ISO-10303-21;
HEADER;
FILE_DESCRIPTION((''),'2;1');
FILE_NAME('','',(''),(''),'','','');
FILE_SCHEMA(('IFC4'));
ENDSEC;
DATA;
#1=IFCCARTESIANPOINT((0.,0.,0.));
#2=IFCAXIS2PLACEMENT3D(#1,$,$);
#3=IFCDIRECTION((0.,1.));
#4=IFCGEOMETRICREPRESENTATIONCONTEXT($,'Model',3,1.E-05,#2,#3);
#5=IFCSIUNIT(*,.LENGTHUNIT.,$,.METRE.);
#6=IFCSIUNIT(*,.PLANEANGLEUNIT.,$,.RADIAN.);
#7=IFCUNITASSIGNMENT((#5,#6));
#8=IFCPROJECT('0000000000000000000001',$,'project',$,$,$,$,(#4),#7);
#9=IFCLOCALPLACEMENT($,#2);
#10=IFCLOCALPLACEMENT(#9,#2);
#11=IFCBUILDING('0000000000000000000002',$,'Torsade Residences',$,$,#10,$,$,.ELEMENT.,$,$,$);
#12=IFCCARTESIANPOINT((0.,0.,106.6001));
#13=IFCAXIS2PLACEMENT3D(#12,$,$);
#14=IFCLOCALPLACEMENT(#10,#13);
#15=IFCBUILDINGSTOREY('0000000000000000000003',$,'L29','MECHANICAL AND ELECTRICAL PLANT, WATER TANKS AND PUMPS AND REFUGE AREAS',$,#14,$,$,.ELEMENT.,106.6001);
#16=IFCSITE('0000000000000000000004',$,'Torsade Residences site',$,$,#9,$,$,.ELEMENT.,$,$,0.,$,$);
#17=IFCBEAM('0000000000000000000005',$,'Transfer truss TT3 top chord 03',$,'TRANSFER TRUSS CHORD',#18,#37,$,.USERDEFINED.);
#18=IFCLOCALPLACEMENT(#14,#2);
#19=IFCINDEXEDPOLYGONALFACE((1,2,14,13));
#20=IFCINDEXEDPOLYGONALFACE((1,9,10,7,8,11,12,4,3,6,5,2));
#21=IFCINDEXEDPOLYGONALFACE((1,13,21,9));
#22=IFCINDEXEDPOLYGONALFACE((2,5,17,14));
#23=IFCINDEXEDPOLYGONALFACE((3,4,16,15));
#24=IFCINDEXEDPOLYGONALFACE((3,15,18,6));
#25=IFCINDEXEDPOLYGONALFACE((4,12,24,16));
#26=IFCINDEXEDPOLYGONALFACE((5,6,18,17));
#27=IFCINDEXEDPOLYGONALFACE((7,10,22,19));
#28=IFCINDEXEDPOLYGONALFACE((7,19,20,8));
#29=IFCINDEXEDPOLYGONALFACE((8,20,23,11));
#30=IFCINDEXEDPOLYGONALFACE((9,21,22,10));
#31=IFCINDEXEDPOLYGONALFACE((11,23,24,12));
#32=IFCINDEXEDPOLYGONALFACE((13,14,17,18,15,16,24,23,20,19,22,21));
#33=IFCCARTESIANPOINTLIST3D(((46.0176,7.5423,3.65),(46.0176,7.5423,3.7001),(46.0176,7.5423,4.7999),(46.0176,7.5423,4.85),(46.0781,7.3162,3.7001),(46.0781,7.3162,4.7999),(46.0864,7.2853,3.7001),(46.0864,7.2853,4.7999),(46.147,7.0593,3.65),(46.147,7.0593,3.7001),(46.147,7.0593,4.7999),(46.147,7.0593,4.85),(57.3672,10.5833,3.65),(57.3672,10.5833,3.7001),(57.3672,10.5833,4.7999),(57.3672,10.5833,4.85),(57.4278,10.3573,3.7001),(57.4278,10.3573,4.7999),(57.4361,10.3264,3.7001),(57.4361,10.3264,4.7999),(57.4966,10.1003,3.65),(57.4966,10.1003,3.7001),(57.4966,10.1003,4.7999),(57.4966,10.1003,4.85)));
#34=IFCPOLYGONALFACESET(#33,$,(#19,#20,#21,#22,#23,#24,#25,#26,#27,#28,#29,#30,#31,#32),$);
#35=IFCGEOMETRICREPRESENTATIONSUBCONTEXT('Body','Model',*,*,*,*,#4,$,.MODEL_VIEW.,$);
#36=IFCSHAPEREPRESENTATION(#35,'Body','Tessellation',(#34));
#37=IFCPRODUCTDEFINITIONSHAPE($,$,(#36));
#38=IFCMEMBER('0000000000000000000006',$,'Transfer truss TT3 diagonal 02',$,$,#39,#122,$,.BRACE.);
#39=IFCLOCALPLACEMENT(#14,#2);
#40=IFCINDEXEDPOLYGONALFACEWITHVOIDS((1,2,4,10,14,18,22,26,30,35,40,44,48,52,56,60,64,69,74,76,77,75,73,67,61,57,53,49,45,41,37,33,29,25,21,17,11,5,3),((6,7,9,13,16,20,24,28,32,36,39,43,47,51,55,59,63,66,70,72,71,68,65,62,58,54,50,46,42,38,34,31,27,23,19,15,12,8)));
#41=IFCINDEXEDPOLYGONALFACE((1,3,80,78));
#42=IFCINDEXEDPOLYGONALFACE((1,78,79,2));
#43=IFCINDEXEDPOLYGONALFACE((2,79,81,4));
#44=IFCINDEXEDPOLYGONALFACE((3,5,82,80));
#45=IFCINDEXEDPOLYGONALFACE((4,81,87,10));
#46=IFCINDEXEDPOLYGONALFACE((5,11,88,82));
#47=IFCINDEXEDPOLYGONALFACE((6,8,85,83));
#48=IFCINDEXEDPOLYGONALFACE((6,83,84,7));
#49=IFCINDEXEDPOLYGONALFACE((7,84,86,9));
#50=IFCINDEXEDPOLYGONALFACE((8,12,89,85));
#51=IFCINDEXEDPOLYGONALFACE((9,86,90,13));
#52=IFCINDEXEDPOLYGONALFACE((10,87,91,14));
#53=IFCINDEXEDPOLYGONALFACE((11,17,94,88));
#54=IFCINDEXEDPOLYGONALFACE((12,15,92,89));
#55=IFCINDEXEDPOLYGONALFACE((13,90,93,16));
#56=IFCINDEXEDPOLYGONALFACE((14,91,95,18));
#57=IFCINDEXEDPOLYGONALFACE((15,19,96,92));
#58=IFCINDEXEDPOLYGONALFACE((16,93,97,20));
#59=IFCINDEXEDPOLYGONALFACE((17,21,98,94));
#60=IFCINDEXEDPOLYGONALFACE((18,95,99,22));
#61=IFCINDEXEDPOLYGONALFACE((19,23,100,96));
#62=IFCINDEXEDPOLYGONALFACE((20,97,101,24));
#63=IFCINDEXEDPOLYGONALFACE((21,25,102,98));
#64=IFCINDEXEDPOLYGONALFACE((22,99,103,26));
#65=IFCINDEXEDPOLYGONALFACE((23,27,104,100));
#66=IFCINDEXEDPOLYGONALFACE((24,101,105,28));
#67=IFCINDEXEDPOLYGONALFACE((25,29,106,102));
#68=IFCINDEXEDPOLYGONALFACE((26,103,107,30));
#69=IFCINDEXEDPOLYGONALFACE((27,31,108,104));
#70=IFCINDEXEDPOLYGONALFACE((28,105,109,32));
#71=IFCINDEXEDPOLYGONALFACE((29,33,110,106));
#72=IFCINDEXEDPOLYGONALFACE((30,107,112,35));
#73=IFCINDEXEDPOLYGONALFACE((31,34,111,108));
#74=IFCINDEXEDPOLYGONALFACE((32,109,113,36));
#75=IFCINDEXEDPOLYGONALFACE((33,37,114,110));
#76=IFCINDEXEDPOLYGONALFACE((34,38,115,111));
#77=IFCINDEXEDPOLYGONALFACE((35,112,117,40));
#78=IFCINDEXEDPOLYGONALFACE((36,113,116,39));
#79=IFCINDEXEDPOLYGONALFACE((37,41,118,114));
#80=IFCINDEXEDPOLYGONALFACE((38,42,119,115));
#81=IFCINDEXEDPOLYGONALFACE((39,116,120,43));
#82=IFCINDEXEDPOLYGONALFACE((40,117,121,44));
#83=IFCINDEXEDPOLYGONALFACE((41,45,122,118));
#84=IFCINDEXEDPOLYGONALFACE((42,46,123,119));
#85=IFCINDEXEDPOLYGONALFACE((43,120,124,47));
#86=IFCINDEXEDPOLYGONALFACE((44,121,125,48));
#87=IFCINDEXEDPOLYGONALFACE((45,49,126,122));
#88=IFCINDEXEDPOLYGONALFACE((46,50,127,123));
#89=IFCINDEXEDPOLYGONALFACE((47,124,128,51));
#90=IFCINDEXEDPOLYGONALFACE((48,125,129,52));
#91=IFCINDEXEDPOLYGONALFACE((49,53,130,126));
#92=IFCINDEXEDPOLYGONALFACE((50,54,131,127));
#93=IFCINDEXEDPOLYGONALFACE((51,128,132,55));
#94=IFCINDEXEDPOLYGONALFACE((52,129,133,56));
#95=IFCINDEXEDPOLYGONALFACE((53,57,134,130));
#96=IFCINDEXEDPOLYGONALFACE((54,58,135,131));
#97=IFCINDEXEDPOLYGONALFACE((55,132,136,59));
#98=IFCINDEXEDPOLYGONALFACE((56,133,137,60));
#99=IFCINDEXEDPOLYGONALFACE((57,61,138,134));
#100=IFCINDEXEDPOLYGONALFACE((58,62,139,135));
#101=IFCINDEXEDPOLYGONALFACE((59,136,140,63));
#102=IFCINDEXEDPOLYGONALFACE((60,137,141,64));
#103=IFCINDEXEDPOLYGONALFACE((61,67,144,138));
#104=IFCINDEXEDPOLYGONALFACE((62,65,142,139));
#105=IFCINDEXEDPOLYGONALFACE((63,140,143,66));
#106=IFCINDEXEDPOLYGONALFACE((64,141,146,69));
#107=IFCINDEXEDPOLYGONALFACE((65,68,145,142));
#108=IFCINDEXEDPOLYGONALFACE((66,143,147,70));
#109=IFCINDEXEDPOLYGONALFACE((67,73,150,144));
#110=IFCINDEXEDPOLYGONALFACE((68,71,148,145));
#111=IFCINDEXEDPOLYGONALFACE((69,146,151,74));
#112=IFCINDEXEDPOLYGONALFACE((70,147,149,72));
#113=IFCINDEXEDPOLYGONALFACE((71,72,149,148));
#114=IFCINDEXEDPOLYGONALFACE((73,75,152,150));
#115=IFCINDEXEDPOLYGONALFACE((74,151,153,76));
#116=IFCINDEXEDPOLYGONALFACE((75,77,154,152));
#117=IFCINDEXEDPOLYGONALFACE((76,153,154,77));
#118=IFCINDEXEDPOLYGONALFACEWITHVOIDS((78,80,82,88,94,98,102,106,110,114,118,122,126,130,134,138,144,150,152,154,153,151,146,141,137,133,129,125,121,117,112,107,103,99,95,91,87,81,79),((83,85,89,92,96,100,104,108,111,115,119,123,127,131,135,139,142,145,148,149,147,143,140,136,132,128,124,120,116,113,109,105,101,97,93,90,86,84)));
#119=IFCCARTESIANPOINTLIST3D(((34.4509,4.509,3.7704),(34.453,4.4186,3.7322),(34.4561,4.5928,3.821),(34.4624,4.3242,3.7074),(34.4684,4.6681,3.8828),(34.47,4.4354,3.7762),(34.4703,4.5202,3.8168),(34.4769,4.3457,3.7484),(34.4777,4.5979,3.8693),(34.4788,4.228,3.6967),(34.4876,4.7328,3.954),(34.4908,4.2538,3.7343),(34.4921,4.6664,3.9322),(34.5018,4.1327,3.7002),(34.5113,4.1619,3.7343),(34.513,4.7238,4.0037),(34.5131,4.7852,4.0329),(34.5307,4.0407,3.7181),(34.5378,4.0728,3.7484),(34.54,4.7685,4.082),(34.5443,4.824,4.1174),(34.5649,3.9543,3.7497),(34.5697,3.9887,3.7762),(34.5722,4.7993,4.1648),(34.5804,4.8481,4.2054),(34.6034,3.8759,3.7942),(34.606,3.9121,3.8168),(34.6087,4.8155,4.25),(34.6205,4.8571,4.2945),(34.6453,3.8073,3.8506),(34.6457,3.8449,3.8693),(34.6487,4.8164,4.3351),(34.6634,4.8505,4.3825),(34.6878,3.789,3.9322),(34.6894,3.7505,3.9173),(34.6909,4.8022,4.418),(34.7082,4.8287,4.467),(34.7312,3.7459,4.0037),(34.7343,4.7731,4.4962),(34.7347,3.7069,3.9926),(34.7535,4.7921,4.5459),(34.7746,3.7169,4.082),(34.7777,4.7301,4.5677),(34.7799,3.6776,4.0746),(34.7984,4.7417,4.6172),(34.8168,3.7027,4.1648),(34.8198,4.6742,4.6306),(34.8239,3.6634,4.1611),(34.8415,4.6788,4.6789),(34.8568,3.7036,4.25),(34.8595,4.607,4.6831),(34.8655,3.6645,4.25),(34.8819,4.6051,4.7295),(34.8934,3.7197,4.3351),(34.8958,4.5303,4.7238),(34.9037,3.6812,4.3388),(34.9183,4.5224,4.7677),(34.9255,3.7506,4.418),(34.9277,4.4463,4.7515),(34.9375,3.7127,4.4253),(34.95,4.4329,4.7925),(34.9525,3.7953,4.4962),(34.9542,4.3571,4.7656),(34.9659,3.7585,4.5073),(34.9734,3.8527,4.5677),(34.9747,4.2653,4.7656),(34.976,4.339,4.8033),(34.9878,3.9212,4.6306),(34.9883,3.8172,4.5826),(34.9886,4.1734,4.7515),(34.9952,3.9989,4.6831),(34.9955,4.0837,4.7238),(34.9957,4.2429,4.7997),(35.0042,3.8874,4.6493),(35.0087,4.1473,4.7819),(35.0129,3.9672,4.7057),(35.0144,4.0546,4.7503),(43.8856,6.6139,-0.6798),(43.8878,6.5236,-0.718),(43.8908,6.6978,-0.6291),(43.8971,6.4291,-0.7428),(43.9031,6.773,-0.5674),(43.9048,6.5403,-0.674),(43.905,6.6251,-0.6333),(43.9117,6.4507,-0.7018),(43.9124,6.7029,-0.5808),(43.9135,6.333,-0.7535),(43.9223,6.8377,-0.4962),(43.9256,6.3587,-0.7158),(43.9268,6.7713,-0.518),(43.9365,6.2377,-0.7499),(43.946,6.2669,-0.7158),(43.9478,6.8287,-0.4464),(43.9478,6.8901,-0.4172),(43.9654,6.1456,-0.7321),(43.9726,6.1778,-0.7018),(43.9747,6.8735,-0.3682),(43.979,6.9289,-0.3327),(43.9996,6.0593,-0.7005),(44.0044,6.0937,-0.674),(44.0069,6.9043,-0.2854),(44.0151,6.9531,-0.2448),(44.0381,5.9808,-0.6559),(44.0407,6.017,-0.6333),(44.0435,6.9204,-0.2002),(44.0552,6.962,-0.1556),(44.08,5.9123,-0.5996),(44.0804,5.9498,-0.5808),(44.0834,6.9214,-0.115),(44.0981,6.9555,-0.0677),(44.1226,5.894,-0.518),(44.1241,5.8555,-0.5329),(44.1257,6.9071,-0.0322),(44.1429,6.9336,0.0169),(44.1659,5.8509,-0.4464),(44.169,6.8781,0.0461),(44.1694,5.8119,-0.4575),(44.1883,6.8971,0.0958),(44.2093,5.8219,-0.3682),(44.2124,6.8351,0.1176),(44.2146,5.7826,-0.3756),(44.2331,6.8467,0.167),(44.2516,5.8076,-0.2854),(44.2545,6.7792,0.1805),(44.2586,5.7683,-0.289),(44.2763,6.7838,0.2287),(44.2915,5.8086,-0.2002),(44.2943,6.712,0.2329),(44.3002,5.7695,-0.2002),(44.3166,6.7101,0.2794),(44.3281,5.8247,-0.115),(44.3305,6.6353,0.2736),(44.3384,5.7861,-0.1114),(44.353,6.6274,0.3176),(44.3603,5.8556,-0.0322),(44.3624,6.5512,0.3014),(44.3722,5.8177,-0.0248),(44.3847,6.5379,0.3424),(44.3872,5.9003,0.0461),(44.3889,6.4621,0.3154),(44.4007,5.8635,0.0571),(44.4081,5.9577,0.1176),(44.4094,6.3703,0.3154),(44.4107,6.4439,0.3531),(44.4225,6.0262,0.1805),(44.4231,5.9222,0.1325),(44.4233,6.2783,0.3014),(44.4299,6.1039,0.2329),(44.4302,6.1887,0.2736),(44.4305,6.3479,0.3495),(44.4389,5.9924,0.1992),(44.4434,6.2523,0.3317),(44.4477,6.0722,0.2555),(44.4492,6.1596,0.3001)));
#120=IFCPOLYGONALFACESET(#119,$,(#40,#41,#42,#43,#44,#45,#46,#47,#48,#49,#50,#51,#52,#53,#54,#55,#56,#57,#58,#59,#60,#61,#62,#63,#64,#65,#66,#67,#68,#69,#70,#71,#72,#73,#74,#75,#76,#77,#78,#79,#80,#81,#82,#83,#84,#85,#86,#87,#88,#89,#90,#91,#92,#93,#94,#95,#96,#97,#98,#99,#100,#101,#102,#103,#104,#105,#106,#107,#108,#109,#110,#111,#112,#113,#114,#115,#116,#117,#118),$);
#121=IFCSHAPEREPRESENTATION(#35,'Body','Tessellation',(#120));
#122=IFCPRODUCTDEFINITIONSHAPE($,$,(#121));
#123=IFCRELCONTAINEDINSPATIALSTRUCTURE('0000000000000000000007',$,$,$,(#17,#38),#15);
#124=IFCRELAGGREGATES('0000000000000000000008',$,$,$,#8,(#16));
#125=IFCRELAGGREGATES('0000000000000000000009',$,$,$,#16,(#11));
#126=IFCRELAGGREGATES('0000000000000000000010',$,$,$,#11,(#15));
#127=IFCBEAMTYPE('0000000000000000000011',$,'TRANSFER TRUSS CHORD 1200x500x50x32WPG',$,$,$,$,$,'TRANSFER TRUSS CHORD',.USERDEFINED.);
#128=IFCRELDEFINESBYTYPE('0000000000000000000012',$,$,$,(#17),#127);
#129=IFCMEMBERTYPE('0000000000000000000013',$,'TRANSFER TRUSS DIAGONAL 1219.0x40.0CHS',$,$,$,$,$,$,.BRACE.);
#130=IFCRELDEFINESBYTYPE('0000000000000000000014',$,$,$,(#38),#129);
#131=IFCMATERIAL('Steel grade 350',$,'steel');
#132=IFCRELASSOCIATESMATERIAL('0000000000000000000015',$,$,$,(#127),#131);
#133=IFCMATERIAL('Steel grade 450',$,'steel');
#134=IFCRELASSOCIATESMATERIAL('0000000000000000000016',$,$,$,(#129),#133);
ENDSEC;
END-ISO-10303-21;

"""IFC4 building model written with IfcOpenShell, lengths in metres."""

from ifc_helpers import new_model, si_unit, direction, frame, origin, origin_2d, place, context, subcontext, project, spatial, hollow_circle, i_section, extrude, material, material_profile, profile_set, type_object, element, save


model = new_model("IFC4")

# Units and contexts
model_context = context("Model", 3, precision=1e-05, world=origin(), true_north=direction((0.0, 1.0)))
body_context = subcontext(model_context, "Body", "Model", "MODEL_VIEW")
ifc_project = project(units=[si_unit("LENGTHUNIT", "METRE"), si_unit("PLANEANGLEUNIT", "RADIAN")], contexts=[model_context])

# Site, building, storey
site_placement = place(None, origin())
site = spatial("IfcSite", under=ifc_project, at=site_placement, Name="Torsade Residences site", CompositionType="ELEMENT", RefElevation=0.0)
building_placement = place(site_placement, origin())
building = spatial("IfcBuilding", under=site, at=building_placement, Name="Torsade Residences", CompositionType="ELEMENT")
storey_placement = place(building_placement, frame((0.0, 0.0, 106.6001)))
storey = spatial("IfcBuildingStorey", under=building, at=storey_placement, Name="L29", Description="MECHANICAL AND ELECTRICAL PLANT, WATER TANKS AND PUMPS AND REFUGE AREAS", CompositionType="ELEMENT", Elevation=106.6001)

# Beam
ifc_material_1 = material(Name="Steel grade 350", Category="steel")
ifc_material_profile_1 = material_profile(ifc_material_1, i_section(OverallWidth=0.5, OverallDepth=1.2, WebThickness=0.032, FlangeThickness=0.05, at=origin_2d()), Name="1200x500x50x32WPG")
ifc_profile_set_1 = profile_set([ifc_material_profile_1], Name="Steel grade 350")
beam_type_1 = type_object("IfcBeamType", Name="TRANSFER TRUSS CHORD 1200x500x50x32WPG", ElementType="TRANSFER TRUSS CHORD", PredefinedType="USERDEFINED", material=ifc_profile_set_1)
beam_1_placement = place(storey_placement, frame((46.0823, 7.3008, 4.25), z_axis=(0.965928, 0.258811, 0.0), x_axis=(-0.258811, 0.965928, 0.0)))
element("IfcBeam", 1, at=beam_1_placement, inside=storey, type_object=beam_type_1, Name="Transfer truss TT3 top chord 03", ObjectType="TRANSFER TRUSS CHORD", PredefinedType="USERDEFINED", context=body_context, shape_type="SweptSolid", body=[
    extrude(i_section(OverallWidth=0.5, OverallDepth=1.2, WebThickness=0.032, FlangeThickness=0.05, at=origin_2d()), origin(), (0.0, 0.0, 1.0), 11.75),
])

# Member
ifc_material_2 = material(Name="Steel grade 450", Category="steel")
ifc_material_profile_2 = material_profile(ifc_material_2, hollow_circle(Radius=0.6096, WallThickness=0.04, at=origin_2d()), Name="1219.0x40.0CHS")
ifc_profile_set_2 = profile_set([ifc_material_profile_2], Name="Steel grade 450")
member_type_1 = type_object("IfcMemberType", Name="TRANSFER TRUSS DIAGONAL 1219.0x40.0CHS", PredefinedType="BRACE", material=ifc_profile_set_2)
member_1_placement = place(storey_placement, frame((44.1675, 6.3645, -0.2002), z_axis=(-0.886569, -0.1978, 0.418175), x_axis=(0.217754, -0.976004, 0.0)))
element("IfcMember", 2, at=member_1_placement, inside=storey, type_object=member_type_1, Name="Transfer truss TT3 diagonal 02", PredefinedType="BRACE", context=body_context, shape_type="SweptSolid", body=[
    extrude(hollow_circle(Radius=0.6096, WallThickness=0.04, at=origin_2d()), origin(), (0.0, 0.0, 1.0), 10.6418),
])

save(model, "model.ifc")
